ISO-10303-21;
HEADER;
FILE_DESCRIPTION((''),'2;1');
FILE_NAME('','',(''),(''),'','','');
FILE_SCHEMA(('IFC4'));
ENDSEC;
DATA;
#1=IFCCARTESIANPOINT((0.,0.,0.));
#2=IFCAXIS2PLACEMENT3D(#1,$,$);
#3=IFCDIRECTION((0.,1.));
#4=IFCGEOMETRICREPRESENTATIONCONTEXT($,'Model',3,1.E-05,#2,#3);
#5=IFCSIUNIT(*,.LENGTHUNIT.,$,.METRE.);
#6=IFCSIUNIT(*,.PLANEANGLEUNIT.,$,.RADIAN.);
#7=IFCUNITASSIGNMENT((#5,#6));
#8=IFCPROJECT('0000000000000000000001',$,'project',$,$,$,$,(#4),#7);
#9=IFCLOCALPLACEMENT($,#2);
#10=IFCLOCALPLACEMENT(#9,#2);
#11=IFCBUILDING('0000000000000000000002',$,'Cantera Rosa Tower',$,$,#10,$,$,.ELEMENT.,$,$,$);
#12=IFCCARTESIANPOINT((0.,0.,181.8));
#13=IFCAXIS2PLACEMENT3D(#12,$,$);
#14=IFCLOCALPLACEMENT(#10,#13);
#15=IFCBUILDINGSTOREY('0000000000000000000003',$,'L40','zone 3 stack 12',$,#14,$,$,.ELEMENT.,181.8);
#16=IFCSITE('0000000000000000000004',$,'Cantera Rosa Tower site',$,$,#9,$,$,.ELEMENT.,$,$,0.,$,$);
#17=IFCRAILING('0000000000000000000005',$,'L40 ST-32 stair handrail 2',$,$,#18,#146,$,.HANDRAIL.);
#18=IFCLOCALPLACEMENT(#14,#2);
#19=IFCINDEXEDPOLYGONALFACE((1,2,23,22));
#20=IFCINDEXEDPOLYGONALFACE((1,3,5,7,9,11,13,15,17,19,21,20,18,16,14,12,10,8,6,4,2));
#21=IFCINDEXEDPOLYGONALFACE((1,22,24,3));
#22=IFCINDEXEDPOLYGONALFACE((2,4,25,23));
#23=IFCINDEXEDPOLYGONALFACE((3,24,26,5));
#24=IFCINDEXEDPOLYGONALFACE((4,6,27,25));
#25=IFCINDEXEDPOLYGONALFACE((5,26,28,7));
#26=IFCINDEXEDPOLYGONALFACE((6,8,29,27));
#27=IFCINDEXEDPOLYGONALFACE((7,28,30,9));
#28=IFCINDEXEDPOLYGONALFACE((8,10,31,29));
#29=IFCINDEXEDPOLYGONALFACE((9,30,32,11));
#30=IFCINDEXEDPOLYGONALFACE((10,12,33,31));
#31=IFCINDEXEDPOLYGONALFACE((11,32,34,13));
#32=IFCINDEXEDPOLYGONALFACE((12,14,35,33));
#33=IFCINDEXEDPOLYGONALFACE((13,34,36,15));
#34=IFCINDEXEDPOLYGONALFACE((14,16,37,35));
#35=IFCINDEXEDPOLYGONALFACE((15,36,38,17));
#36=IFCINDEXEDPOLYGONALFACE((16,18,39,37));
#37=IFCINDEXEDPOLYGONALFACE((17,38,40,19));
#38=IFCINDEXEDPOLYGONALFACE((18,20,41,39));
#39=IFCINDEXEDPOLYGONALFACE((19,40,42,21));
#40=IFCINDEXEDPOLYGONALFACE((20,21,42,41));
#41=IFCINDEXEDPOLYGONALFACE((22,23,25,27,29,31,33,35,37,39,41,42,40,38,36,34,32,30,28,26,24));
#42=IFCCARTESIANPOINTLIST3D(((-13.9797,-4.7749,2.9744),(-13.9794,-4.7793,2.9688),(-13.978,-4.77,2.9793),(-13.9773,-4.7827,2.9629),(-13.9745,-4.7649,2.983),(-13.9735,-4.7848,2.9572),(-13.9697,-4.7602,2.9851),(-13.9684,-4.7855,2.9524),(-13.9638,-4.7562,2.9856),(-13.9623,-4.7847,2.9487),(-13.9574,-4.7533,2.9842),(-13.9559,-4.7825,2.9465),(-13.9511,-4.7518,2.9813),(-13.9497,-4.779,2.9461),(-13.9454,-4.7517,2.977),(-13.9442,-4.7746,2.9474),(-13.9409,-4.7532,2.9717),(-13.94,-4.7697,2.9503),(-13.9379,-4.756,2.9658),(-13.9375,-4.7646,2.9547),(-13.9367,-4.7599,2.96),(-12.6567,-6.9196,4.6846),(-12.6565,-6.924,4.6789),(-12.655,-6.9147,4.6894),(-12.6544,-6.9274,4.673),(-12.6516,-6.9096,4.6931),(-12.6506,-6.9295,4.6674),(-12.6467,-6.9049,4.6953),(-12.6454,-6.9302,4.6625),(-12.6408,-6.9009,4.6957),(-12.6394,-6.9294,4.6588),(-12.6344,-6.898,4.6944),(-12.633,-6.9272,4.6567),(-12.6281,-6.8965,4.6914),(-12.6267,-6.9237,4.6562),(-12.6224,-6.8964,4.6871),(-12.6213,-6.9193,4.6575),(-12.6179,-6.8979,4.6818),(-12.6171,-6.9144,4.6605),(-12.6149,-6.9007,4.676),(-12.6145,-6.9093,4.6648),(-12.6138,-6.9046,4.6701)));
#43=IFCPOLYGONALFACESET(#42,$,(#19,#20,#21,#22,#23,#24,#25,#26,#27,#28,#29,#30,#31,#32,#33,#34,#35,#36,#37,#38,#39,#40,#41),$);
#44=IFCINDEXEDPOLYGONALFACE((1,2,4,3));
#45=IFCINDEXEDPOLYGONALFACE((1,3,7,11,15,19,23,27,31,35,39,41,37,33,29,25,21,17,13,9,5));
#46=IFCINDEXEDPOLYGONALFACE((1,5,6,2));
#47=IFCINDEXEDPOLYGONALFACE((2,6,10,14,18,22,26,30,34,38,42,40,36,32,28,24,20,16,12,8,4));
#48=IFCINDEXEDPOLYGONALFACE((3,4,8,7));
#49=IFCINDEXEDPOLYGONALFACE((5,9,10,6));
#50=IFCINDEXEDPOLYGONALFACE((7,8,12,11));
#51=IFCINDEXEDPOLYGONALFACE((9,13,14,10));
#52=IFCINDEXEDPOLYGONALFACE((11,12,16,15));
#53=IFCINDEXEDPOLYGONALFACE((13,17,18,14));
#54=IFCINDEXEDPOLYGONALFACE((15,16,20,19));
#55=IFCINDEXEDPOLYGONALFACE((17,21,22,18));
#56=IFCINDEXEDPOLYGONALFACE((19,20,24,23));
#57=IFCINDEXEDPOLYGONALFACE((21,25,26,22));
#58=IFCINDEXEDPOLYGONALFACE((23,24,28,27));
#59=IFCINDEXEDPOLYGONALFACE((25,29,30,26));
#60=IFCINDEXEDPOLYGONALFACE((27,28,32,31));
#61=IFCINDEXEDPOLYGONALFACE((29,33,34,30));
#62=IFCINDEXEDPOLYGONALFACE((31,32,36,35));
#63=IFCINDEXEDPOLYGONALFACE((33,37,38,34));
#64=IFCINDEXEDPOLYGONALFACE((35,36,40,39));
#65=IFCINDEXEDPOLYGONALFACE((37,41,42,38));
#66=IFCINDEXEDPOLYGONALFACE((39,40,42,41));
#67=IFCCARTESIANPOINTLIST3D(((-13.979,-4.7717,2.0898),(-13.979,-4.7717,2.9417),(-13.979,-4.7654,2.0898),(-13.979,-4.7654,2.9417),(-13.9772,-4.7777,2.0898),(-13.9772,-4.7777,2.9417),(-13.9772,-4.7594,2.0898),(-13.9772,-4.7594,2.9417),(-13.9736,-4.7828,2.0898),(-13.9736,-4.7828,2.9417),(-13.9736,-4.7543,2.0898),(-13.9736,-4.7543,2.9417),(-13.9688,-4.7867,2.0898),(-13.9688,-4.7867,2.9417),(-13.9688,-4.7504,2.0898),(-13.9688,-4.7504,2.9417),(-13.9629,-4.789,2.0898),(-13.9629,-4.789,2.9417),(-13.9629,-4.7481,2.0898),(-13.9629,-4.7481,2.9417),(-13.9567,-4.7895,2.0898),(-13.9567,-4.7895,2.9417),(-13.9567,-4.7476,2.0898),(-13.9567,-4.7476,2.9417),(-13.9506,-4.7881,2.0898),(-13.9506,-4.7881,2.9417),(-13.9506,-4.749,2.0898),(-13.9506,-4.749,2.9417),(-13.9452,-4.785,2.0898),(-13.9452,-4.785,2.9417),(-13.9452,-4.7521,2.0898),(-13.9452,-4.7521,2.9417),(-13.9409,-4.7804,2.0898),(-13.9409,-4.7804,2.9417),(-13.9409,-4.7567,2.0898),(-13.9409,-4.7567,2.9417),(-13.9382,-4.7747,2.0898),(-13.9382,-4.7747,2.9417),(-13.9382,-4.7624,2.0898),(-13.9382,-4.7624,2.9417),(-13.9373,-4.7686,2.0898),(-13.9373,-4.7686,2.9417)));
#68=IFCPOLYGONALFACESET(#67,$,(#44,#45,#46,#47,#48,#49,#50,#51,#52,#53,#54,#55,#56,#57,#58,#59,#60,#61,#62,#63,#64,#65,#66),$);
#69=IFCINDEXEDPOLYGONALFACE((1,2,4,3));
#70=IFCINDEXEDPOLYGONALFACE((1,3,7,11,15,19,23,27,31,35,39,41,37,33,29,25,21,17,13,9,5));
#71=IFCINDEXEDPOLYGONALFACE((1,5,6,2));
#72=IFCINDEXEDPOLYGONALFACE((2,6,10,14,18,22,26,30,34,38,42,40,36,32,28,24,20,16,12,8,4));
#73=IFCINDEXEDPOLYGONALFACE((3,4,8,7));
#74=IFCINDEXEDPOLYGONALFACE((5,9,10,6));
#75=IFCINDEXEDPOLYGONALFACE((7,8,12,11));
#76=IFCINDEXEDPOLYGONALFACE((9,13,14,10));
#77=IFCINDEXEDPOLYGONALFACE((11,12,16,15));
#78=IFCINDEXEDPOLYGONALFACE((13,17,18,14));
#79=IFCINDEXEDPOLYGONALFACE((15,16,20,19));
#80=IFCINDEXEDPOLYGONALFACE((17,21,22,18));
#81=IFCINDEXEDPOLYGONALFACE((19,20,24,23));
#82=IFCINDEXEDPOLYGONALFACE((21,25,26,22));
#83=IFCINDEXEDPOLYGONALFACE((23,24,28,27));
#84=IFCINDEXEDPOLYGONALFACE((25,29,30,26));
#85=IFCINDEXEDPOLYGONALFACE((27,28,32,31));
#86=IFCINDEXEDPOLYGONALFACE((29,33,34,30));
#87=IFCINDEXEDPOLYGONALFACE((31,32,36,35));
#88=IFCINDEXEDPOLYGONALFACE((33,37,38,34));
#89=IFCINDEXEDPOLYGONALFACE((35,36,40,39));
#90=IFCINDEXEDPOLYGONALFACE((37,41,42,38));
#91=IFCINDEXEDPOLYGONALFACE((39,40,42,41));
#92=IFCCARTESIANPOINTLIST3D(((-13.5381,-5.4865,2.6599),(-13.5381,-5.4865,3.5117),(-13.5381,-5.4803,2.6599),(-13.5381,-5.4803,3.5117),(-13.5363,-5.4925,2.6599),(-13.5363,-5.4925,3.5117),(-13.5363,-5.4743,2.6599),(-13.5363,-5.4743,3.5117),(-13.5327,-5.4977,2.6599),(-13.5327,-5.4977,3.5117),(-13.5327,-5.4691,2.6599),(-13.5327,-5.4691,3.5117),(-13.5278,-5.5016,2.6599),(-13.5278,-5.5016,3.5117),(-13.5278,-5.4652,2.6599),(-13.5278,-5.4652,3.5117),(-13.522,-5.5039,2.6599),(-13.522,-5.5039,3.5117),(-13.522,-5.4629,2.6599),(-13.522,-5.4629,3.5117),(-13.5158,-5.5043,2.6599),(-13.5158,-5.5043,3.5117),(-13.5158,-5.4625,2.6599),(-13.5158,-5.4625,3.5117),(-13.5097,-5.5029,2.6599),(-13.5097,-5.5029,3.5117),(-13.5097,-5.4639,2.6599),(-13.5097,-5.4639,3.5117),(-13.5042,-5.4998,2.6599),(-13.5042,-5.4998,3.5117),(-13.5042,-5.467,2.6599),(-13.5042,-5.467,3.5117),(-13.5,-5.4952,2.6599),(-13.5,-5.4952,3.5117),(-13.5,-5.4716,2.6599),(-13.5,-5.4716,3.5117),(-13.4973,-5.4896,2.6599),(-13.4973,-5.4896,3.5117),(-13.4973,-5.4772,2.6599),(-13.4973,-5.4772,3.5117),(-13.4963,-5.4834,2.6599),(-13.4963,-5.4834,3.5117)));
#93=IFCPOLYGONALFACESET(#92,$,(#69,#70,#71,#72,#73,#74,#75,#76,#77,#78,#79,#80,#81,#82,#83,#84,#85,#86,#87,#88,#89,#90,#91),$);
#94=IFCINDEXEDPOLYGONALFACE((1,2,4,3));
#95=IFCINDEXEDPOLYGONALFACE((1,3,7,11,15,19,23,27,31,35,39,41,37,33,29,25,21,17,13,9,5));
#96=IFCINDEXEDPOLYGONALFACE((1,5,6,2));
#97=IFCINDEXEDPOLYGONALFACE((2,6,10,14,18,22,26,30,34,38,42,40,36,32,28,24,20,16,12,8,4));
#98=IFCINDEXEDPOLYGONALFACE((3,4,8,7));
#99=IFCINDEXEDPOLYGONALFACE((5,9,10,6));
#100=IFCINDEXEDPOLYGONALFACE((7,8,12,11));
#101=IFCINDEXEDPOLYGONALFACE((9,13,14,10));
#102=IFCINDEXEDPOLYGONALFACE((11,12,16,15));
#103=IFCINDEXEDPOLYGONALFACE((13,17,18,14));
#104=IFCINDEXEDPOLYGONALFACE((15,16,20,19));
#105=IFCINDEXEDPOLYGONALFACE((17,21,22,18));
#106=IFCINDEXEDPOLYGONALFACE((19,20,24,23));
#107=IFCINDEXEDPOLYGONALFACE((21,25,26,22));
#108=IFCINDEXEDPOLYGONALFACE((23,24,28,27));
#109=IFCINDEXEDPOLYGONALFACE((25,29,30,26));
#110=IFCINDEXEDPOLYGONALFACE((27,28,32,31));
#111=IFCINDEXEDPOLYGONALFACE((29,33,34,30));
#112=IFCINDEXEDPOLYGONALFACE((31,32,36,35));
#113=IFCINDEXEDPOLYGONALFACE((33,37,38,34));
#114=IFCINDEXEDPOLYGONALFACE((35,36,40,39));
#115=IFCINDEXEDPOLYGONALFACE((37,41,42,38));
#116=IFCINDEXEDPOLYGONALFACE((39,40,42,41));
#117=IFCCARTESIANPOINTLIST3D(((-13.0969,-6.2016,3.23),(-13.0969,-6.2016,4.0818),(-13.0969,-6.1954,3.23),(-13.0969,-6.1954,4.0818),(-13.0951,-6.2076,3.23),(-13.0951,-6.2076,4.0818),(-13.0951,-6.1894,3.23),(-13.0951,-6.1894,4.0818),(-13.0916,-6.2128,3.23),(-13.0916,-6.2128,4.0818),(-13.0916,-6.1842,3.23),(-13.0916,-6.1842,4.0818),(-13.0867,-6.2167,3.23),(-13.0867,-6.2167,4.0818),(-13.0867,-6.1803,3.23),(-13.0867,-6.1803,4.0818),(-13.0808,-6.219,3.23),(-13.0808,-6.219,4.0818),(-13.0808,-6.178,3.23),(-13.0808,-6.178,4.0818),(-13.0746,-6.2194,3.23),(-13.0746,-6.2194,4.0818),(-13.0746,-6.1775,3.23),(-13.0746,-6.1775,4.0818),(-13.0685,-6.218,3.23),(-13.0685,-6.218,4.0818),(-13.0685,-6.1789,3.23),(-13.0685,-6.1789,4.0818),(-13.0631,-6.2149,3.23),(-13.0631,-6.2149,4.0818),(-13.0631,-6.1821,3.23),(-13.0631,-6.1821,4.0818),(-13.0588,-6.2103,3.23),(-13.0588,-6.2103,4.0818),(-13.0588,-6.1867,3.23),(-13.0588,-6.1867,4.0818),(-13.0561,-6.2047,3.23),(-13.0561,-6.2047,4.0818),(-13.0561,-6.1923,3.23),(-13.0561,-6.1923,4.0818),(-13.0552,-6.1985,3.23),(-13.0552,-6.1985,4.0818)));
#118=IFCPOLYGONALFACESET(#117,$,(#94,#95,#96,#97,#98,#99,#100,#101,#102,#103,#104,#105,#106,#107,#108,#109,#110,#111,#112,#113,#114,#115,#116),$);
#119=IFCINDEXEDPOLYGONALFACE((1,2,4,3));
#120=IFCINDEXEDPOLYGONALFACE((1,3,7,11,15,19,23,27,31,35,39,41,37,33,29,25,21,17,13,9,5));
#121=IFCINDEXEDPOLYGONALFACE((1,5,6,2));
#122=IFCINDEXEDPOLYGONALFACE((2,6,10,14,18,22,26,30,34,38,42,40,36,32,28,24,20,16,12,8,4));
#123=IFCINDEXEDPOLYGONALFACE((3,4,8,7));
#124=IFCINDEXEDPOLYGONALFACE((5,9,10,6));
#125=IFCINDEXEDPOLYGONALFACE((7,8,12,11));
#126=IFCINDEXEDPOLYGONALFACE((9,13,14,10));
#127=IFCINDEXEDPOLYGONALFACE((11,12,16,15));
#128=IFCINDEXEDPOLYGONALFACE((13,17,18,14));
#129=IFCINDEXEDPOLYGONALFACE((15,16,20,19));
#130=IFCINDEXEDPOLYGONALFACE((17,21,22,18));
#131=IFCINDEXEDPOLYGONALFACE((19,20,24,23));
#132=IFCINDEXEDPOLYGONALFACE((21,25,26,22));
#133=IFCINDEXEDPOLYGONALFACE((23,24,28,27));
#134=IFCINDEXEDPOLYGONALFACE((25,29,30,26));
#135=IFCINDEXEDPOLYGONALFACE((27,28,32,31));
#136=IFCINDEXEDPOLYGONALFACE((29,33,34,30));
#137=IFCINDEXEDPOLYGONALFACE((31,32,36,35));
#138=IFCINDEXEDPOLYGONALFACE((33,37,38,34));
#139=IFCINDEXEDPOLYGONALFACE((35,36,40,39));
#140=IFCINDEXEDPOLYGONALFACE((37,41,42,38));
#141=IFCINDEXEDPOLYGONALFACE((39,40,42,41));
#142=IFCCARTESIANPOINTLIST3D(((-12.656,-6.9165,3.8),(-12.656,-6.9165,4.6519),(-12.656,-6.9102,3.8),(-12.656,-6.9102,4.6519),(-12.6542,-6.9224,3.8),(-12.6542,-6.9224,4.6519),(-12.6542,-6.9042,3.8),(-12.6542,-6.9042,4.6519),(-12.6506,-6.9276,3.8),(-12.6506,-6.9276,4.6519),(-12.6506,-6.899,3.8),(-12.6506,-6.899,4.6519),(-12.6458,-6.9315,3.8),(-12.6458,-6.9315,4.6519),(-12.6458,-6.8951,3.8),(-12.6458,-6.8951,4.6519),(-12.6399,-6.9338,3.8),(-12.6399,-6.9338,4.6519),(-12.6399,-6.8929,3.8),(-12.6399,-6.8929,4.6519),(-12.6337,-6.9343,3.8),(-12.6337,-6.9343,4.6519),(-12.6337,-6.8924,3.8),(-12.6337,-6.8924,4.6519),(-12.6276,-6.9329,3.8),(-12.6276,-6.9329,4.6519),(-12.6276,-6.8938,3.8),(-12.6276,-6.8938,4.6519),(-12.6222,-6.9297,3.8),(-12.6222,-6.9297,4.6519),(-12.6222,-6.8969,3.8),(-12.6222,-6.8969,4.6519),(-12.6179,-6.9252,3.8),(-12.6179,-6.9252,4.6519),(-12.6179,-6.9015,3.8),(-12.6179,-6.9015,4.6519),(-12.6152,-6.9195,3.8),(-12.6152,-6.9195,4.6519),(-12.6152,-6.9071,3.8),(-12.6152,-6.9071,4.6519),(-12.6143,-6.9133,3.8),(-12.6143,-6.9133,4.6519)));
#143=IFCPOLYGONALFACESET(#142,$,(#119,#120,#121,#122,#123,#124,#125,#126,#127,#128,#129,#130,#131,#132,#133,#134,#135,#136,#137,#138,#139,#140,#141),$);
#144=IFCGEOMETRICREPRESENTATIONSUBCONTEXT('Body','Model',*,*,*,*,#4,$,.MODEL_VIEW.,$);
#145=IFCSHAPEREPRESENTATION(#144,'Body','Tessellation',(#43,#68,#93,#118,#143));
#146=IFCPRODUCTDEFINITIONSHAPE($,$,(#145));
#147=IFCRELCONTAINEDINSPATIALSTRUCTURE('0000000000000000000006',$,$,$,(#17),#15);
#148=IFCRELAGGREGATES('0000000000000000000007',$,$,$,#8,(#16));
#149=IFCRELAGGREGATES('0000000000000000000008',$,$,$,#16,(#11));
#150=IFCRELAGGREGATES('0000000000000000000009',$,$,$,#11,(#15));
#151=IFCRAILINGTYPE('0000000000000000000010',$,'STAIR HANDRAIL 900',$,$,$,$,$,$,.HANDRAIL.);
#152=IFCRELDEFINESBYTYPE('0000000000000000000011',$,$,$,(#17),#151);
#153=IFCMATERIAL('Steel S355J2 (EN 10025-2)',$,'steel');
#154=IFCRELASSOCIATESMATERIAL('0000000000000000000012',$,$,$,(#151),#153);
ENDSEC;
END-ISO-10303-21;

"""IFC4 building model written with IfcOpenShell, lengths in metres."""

from ifc_helpers import new_model, si_unit, direction, frame, origin, origin_2d, place, context, subcontext, project, spatial, circle, extrude, material, type_object, element, save


model = new_model("IFC4")

# Units and contexts
model_context = context("Model", 3, precision=1e-05, world=origin(), true_north=direction((0.0, 1.0)))
body_context = subcontext(model_context, "Body", "Model", "MODEL_VIEW")
ifc_project = project(units=[si_unit("LENGTHUNIT", "METRE"), si_unit("PLANEANGLEUNIT", "RADIAN")], contexts=[model_context])

# Site, building, storey
site_placement = place(None, origin())
site = spatial("IfcSite", under=ifc_project, at=site_placement, Name="Cantera Rosa Tower site", CompositionType="ELEMENT", RefElevation=0.0)
building_placement = place(site_placement, origin())
building = spatial("IfcBuilding", under=site, at=building_placement, Name="Cantera Rosa Tower", CompositionType="ELEMENT")
storey_placement = place(building_placement, frame((0.0, 0.0, 181.8)))
storey = spatial("IfcBuildingStorey", under=building, at=storey_placement, Name="L40", Description="zone 3 stack 12", CompositionType="ELEMENT", Elevation=181.8)

# Railing
ifc_material_1 = material(Name="Steel S355J2 (EN 10025-2)", Category="steel")
railing_type_1 = type_object("IfcRailingType", Name="STAIR HANDRAIL 900", PredefinedType="HANDRAIL", material=ifc_material_1)
railing_1_placement = place(storey_placement, frame((-13.9583, -4.7686, 2.0898)))
element("IfcRailing", 1, at=railing_1_placement, inside=storey, type_object=railing_type_1, Name="L40 ST-32 stair handrail 2", PredefinedType="HANDRAIL", context=body_context, shape_type="SweptSolid", body=[
    extrude(circle(Radius=0.0239, at=origin_2d()), frame((0.0, 0.0, 0.876), z_axis=(0.434408, -0.70424, 0.561548), x_axis=(0.851102, 0.525, 0.0)), (0.0, 0.0, 1.0), 3.0454),
    extrude(circle(Radius=0.021, at=origin_2d()), origin(), (0.0, 0.0, 1.0), 0.8518),
    extrude(circle(Radius=0.021, at=origin_2d()), frame((0.4409, -0.7148, 0.5701)), (0.0, 0.0, 1.0), 0.8518),
    extrude(circle(Radius=0.021, at=origin_2d()), frame((0.8821, -1.4299, 1.1401)), (0.0, 0.0, 1.0), 0.8518),
    extrude(circle(Radius=0.021, at=origin_2d()), frame((1.323, -2.1448, 1.7102)), (0.0, 0.0, 1.0), 0.8518),
])

save(model, "model.ifc")
